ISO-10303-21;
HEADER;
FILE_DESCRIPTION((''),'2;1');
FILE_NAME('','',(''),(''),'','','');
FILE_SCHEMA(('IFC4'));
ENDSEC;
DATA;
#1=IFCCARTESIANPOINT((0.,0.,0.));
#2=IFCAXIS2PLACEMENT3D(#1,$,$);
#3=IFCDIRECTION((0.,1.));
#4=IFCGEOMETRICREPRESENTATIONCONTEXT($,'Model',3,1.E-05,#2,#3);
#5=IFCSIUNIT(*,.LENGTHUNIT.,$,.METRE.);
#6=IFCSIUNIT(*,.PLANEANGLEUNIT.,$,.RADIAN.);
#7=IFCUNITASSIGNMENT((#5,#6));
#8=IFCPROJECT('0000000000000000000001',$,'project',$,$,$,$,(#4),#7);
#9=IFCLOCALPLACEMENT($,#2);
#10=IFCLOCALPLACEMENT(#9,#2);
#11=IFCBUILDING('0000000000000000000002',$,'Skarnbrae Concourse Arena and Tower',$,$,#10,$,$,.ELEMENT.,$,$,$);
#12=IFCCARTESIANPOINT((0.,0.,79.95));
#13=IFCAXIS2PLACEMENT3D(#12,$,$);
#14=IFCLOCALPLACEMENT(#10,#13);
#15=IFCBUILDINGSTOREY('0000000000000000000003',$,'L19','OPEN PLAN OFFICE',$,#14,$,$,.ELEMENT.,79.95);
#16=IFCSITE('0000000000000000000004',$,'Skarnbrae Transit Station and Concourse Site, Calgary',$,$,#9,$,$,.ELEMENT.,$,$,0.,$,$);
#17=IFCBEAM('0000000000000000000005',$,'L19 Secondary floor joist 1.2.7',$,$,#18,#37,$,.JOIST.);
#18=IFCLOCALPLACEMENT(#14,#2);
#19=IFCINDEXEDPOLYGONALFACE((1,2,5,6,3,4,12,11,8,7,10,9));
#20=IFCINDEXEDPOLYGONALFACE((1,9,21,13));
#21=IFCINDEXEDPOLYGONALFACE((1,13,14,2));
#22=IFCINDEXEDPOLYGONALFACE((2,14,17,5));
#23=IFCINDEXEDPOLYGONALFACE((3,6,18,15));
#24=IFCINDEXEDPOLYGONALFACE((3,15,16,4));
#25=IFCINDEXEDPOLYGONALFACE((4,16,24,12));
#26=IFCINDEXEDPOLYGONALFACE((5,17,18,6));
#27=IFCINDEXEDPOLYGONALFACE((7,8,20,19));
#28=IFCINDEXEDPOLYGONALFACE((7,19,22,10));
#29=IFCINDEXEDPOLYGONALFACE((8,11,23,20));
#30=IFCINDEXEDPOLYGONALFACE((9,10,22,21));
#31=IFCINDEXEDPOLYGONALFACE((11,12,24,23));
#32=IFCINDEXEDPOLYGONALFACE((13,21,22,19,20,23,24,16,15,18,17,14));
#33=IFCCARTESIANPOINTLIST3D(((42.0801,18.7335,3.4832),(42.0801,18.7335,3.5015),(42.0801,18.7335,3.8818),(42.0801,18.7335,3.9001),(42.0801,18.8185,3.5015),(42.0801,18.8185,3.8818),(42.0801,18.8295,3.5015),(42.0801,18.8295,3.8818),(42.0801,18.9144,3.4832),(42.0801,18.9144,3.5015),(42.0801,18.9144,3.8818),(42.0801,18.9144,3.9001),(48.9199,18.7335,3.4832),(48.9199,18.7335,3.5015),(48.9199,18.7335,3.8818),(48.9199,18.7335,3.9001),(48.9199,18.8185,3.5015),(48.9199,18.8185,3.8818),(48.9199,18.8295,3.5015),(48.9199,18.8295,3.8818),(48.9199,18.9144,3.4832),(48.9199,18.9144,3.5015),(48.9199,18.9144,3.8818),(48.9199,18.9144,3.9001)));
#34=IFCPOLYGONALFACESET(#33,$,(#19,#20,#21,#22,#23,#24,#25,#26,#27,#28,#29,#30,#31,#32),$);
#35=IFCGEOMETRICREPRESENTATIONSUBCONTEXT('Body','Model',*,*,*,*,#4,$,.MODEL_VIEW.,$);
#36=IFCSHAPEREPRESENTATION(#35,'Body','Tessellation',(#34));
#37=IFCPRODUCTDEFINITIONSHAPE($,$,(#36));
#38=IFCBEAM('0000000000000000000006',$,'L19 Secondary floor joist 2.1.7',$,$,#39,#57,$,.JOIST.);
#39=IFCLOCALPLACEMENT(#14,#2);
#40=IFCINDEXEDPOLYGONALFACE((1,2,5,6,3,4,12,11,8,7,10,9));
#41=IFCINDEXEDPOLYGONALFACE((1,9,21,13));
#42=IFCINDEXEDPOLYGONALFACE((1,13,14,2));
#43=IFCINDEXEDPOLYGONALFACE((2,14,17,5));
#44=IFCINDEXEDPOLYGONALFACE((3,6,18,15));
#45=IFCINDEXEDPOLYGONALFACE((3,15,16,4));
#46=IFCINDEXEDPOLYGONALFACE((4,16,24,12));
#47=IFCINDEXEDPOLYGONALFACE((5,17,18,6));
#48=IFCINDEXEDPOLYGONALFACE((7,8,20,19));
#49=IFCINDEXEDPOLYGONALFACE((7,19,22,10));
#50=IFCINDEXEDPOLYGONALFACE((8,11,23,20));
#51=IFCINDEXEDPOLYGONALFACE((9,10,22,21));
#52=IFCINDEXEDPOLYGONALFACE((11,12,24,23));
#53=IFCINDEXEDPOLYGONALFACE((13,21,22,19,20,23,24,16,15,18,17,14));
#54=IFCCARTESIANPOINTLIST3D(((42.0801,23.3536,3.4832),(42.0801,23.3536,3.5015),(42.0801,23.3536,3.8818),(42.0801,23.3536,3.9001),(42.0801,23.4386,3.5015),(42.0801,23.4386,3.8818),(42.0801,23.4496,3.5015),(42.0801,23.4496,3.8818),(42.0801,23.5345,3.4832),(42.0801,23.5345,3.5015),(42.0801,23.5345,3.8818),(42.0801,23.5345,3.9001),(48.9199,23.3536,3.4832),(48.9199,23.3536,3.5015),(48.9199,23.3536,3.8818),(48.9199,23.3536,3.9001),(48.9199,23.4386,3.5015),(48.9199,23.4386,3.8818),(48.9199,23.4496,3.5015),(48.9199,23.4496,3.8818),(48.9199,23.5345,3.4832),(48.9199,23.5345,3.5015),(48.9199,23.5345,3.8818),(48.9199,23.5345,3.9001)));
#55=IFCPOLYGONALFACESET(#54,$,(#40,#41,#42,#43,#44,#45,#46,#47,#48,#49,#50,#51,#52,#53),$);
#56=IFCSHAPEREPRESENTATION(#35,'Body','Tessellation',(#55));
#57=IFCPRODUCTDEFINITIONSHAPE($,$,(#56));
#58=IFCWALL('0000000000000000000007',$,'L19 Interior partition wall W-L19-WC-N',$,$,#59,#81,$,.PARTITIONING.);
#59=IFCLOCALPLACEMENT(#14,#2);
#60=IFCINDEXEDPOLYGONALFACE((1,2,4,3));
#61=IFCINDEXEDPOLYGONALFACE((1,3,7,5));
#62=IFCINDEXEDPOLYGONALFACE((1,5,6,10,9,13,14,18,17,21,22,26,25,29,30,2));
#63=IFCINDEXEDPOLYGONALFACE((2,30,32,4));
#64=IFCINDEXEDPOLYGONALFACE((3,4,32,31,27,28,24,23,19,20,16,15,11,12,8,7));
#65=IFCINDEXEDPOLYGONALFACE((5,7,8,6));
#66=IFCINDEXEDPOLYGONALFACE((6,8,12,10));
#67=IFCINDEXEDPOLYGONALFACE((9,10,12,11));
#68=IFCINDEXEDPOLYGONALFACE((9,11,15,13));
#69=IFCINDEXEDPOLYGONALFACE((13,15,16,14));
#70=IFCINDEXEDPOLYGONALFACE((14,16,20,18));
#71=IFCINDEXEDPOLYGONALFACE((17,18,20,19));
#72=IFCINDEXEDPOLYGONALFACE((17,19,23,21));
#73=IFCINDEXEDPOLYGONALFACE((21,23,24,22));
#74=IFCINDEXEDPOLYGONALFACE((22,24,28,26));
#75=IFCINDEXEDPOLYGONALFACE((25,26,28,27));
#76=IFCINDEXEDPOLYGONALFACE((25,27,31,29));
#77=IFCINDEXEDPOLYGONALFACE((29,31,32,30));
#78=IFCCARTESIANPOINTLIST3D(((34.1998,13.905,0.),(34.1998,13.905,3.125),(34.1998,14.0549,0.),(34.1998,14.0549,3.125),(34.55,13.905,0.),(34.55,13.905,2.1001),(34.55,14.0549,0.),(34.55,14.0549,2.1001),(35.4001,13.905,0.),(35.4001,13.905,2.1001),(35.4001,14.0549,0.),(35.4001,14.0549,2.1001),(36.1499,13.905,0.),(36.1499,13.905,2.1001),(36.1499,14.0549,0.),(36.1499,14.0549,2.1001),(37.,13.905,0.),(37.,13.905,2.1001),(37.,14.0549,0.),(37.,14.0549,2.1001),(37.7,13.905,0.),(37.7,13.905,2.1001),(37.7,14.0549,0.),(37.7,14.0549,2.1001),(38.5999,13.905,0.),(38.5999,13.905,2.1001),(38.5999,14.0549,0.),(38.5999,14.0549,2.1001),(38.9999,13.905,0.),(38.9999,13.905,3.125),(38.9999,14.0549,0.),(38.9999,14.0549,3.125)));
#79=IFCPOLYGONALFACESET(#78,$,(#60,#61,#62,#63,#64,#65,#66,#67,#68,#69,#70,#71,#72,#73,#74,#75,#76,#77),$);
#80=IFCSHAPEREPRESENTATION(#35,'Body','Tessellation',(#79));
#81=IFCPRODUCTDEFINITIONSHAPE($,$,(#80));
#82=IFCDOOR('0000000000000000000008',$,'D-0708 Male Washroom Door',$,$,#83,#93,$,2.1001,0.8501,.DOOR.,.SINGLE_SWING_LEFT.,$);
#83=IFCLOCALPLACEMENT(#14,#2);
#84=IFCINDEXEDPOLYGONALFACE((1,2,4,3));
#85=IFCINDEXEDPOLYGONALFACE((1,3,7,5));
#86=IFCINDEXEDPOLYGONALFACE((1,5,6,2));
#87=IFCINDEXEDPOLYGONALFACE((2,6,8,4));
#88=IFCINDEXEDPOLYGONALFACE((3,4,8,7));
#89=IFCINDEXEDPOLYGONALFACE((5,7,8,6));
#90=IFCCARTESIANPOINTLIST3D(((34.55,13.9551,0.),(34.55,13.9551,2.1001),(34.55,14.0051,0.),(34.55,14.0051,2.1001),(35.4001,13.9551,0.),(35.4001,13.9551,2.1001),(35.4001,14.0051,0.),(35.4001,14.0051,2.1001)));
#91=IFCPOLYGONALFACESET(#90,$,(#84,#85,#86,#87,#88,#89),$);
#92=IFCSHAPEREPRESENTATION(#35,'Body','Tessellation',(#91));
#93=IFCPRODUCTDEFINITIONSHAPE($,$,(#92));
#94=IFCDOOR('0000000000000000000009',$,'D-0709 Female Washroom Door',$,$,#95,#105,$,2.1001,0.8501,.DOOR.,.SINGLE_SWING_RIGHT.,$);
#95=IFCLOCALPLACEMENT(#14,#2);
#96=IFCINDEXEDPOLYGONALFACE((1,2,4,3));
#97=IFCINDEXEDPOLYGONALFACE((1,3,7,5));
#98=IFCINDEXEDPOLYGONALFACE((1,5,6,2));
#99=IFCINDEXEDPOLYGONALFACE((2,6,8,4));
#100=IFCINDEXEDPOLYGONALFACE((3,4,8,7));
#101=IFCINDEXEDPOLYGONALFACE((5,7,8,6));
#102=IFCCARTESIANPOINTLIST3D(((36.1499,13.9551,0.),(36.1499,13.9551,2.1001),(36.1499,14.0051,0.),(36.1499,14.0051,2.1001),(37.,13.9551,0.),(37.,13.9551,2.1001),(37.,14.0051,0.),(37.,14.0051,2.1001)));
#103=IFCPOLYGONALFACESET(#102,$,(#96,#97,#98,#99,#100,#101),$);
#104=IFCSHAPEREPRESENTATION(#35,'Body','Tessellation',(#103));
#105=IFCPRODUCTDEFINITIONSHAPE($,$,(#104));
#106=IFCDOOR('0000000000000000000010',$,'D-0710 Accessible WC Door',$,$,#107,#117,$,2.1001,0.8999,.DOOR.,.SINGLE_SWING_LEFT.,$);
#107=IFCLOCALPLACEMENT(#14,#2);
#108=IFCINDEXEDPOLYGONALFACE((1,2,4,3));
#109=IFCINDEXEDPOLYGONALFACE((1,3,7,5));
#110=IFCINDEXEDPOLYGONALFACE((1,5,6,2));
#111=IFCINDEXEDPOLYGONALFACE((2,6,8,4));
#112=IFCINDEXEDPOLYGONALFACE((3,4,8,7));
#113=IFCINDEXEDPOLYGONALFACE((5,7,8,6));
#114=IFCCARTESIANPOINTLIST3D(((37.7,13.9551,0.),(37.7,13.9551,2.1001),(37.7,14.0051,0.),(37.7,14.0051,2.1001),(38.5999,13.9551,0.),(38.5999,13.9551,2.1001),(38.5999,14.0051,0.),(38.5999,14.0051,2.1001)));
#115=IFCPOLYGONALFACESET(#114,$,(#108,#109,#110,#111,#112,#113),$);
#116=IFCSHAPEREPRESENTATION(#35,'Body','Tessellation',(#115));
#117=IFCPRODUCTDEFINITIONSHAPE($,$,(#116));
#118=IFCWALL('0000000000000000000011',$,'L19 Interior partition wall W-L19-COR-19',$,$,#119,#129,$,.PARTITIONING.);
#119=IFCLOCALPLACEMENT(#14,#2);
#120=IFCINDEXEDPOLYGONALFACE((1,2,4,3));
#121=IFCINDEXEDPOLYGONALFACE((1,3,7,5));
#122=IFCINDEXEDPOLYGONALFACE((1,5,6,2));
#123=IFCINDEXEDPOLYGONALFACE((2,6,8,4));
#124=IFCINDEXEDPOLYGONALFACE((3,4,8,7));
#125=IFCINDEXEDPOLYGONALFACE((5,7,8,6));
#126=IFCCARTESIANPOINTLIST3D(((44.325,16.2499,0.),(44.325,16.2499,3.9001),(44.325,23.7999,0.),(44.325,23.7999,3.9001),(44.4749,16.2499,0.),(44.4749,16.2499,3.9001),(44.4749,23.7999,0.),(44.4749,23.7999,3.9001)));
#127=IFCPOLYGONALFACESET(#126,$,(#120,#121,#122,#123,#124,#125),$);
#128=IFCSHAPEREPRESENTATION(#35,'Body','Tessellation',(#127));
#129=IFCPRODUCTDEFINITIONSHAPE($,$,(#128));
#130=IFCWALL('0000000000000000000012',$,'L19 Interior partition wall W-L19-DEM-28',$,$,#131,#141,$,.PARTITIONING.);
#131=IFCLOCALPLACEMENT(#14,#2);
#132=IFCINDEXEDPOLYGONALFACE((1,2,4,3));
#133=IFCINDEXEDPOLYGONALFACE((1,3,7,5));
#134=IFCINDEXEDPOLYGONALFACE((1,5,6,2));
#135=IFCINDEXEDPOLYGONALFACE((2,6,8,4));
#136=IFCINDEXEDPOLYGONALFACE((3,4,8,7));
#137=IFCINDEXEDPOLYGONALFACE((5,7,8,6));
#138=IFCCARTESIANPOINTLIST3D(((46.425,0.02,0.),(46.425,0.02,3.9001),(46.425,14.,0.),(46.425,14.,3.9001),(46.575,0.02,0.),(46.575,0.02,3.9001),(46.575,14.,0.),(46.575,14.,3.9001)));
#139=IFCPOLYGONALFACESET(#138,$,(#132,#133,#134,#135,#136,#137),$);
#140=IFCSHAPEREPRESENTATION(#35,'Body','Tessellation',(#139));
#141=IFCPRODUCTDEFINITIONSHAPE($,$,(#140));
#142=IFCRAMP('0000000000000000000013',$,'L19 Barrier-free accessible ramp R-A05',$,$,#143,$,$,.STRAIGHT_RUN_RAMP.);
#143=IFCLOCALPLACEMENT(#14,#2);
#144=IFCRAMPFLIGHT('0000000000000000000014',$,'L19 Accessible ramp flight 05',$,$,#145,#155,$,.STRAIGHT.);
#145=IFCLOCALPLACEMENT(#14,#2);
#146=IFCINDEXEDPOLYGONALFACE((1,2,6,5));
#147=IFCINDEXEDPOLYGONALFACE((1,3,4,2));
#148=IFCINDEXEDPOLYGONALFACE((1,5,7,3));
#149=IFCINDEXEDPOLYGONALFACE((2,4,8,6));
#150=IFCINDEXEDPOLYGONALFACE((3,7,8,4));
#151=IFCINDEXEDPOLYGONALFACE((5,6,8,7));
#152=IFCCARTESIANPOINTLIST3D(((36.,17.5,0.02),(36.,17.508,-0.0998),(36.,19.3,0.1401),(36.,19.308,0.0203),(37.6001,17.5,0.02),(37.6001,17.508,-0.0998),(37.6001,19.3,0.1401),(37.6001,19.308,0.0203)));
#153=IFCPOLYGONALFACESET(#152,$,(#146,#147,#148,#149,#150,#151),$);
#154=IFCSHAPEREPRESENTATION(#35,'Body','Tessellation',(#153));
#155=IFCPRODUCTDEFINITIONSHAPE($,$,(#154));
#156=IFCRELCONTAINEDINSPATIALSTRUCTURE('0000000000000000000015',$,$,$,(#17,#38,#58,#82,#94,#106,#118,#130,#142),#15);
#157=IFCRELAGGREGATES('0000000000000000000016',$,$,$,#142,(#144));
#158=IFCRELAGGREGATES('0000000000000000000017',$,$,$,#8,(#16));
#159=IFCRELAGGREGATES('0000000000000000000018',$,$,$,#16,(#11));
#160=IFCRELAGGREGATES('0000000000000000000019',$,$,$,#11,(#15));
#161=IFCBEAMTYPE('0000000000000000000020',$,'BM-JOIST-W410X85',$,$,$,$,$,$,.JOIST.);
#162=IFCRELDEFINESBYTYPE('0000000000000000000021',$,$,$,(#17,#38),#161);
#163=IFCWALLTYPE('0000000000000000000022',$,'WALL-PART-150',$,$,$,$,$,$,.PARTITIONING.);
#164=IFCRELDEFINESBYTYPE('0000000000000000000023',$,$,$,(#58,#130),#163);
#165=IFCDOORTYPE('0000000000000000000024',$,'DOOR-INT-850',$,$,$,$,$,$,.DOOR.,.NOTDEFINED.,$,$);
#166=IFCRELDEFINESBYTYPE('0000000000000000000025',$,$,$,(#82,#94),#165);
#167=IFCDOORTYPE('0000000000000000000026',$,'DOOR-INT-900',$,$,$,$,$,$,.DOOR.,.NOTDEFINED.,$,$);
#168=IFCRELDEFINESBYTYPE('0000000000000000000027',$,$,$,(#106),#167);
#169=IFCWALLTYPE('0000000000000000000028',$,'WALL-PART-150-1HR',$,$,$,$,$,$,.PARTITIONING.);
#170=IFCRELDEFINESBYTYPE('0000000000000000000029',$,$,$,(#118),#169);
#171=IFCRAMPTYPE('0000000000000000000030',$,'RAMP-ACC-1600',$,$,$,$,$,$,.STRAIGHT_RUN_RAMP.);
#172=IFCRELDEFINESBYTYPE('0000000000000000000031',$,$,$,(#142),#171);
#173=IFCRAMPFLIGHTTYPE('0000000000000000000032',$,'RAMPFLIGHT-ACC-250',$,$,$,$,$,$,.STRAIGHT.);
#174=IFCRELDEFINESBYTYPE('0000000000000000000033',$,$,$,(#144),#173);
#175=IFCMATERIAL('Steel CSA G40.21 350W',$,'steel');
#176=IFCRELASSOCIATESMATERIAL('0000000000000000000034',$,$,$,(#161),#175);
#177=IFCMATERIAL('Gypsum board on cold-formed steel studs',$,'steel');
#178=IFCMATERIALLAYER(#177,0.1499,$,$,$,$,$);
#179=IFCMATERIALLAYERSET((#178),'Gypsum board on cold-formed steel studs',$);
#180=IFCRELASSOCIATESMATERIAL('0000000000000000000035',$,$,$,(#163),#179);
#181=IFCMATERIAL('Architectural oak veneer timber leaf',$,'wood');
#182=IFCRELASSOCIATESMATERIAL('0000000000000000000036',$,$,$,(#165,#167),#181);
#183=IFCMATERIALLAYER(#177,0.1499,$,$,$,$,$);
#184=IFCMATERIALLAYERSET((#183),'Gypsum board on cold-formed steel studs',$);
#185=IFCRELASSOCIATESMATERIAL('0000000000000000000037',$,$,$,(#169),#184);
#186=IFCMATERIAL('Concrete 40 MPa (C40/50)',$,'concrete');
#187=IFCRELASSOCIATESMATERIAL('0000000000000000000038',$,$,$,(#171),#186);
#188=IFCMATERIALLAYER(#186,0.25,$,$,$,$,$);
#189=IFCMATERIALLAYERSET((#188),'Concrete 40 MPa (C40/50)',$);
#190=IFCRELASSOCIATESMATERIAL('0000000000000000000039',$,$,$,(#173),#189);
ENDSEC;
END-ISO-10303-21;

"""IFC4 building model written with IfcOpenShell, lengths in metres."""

from ifc_helpers import new_model, si_unit, direction, frame, frame_2d, origin, origin_2d, place, context, subcontext, project, spatial, polyline, rectangle, i_section, outline, extrude, source, transform, mapped, material, layer, layer_set, material_profile, profile_set, type_object, element, fill, aggregate, save


model = new_model("IFC4")

# Units and contexts
model_context = context("Model", 3, precision=1e-05, world=origin(), true_north=direction((0.0, 1.0)))
body_context = subcontext(model_context, "Body", "Model", "MODEL_VIEW")
ifc_project = project(units=[si_unit("LENGTHUNIT", "METRE"), si_unit("PLANEANGLEUNIT", "RADIAN")], contexts=[model_context])

# Site, building, storey
site_placement = place(None, origin())
site = spatial("IfcSite", under=ifc_project, at=site_placement, Name="Skarnbrae Transit Station and Concourse Site, Calgary", CompositionType="ELEMENT", RefElevation=0.0)
building_placement = place(site_placement, origin())
building = spatial("IfcBuilding", under=site, at=building_placement, Name="Skarnbrae Concourse Arena and Tower", CompositionType="ELEMENT")
storey_placement = place(building_placement, frame((0.0, 0.0, 79.95)))
storey = spatial("IfcBuildingStorey", under=building, at=storey_placement, Name="L19", Description="OPEN PLAN OFFICE", CompositionType="ELEMENT", Elevation=79.95)

# Shared definitions
ifc_material_1 = material(Name="Steel CSA G40.21 350W", Category="steel")

# Beams
ifc_material_profile_1 = material_profile(ifc_material_1, i_section(OverallWidth=0.1809, OverallDepth=0.417, WebThickness=0.011, FlangeThickness=0.0183, at=origin_2d()), Name="W410X85")
ifc_profile_set_1 = profile_set([ifc_material_profile_1], Name="Steel CSA G40.21 350W")
beam_type_1 = type_object("IfcBeamType", Name="BM-JOIST-W410X85", PredefinedType="JOIST", material=ifc_profile_set_1)
shared_shape_1 = source(origin(), body_context, "Body", "SweptSolid", [
    extrude(i_section(OverallWidth=0.1809, OverallDepth=0.417, WebThickness=0.011, FlangeThickness=0.0183, at=origin_2d()), origin(), (0.0, 0.0, 1.0), 6.8398),
])
for number, where, z_axis, x_axis, name in (
    (1, (42.0801, 18.824, 3.6917), (1.0, 0.0, 0.0), (0.0, 1.0, 0.0), "L19 Secondary floor joist 1.2.7"),
    (2, (42.0801, 23.4441, 3.6917), (1.0, 0.0, 0.0), (0.0, 1.0, 0.0), "L19 Secondary floor joist 2.1.7"),
):
    element("IfcBeam", number, at=place(storey_placement, frame(where, z_axis=z_axis, x_axis=x_axis)), inside=storey, type_object=beam_type_1, Name=name, PredefinedType="JOIST", context=body_context, shape_type="MappedRepresentation", body=[
        mapped(shared_shape_1, transform((0.0, 0.0, 0.0))),
    ])

# Wall, openings, doors
ifc_material_2 = material(Name="Gypsum board on cold-formed steel studs", Category="steel")
ifc_layer_1 = layer(ifc_material_2, 0.1499)
ifc_layer_set_1 = layer_set([ifc_layer_1], Name="Gypsum board on cold-formed steel studs")
wall_type_1 = type_object("IfcWallType", Name="WALL-PART-150", PredefinedType="PARTITIONING", material=ifc_layer_set_1)
shared_shape_2 = source(origin(), body_context, "Body", "SweptSolid", [
    extrude(rectangle(XDim=4.8, YDim=0.1499, at=frame_2d((2.3999, 0.0))), origin(), (0.0, 0.0, 1.0), 3.125),
])
wall_1_placement = place(storey_placement, frame((34.2, 13.98, 0.0), z_axis=(0.0, 0.0, 1.0), x_axis=(1.0, 0.0, 0.0)))
wall_1 = element("IfcWall", 3, at=wall_1_placement, inside=storey, type_object=wall_type_1, Name="L19 Interior partition wall W-L19-WC-N", PredefinedType="PARTITIONING", context=body_context, shape_type="MappedRepresentation", body=[
    mapped(shared_shape_2, transform((0.0, 0.0, 0.0))),
])
opening_1_placement = place(wall_1_placement, frame((0.3501, 0.0, 0.0)))
opening_1 = element("IfcOpeningElement", 4, at=opening_1_placement, cuts=wall_1, PredefinedType="OPENING", context=body_context, shape_type="SweptSolid", body=[
    extrude(rectangle(XDim=0.8501, YDim=2.1001, at=frame_2d((0.425, 1.05))), frame((0.0, 0.085, 0.0), z_axis=(0.0, -1.0, 0.0), x_axis=(1.0, 0.0, 0.0)), (0.0, 0.0, 1.0), 0.1699),
])
opening_2_placement = place(wall_1_placement, frame((1.95, 0.0, 0.0)))
opening_2 = element("IfcOpeningElement", 5, at=opening_2_placement, cuts=wall_1, PredefinedType="OPENING", context=body_context, shape_type="SweptSolid", body=[
    extrude(rectangle(XDim=0.8501, YDim=2.1001, at=frame_2d((0.425, 1.05))), frame((0.0, 0.085, 0.0), z_axis=(0.0, -1.0, 0.0), x_axis=(1.0, 0.0, 0.0)), (0.0, 0.0, 1.0), 0.1699),
])
opening_3_placement = place(wall_1_placement, frame((3.5, 0.0, 0.0)))
opening_3 = element("IfcOpeningElement", 6, at=opening_3_placement, cuts=wall_1, PredefinedType="OPENING", context=body_context, shape_type="SweptSolid", body=[
    extrude(rectangle(XDim=0.8999, YDim=2.1001, at=frame_2d((0.45, 1.05))), frame((0.0, 0.085, 0.0), z_axis=(0.0, -1.0, 0.0), x_axis=(1.0, 0.0, 0.0)), (0.0, 0.0, 1.0), 0.1699),
])
ifc_material_3 = material(Name="Architectural oak veneer timber leaf", Category="wood")
door_type_1 = type_object("IfcDoorType", Name="DOOR-INT-850", OperationType="NOTDEFINED", PredefinedType="DOOR", material=ifc_material_3)
shared_shape_3 = source(origin(), body_context, "Body", "SweptSolid", [
    extrude(rectangle(XDim=0.8501, YDim=2.1001, at=frame_2d((0.425, 1.05))), frame((0.0, 0.0249, 0.0), z_axis=(0.0, -1.0, 0.0), x_axis=(1.0, 0.0, 0.0)), (0.0, 0.0, 1.0), 0.05),
])
door_1_placement = place(opening_1_placement, frame((0.8501, 0.0, 0.0), z_axis=(0.0, 0.0, 1.0), x_axis=(-1.0, 0.0, 0.0)))
door_1 = element("IfcDoor", 7, at=door_1_placement, inside=storey, type_object=door_type_1, Name="D-0708 Male Washroom Door", OperationType="SINGLE_SWING_LEFT", OverallHeight=2.1001, OverallWidth=0.8501, PredefinedType="DOOR", context=body_context, shape_type="MappedRepresentation", body=[
    mapped(shared_shape_3, transform((0.0, 0.0, 0.0))),
])
fill(opening_1, door_1)
door_2_placement = place(opening_2_placement, frame((0.8501, 0.0, 0.0), z_axis=(0.0, 0.0, 1.0), x_axis=(-1.0, 0.0, 0.0)))
door_2 = element("IfcDoor", 8, at=door_2_placement, inside=storey, type_object=door_type_1, Name="D-0709 Female Washroom Door", OperationType="SINGLE_SWING_RIGHT", OverallHeight=2.1001, OverallWidth=0.8501, PredefinedType="DOOR", context=body_context, shape_type="MappedRepresentation", body=[
    mapped(shared_shape_3, transform((0.0, 0.0, 0.0))),
])
fill(opening_2, door_2)
door_type_2 = type_object("IfcDoorType", Name="DOOR-INT-900", OperationType="NOTDEFINED", PredefinedType="DOOR", material=ifc_material_3)
shared_shape_4 = source(origin(), body_context, "Body", "SweptSolid", [
    extrude(rectangle(XDim=0.8999, YDim=2.1001, at=frame_2d((0.45, 1.05))), frame((0.0, 0.0249, 0.0), z_axis=(0.0, -1.0, 0.0), x_axis=(1.0, 0.0, 0.0)), (0.0, 0.0, 1.0), 0.05),
])
door_3_placement = place(opening_3_placement, frame((0.8999, 0.0, 0.0), z_axis=(0.0, 0.0, 1.0), x_axis=(-1.0, 0.0, 0.0)))
door_3 = element("IfcDoor", 9, at=door_3_placement, inside=storey, type_object=door_type_2, Name="D-0710 Accessible WC Door", OperationType="SINGLE_SWING_LEFT", OverallHeight=2.1001, OverallWidth=0.8999, PredefinedType="DOOR", context=body_context, shape_type="MappedRepresentation", body=[
    mapped(shared_shape_4, transform((0.0, 0.0, 0.0))),
])
fill(opening_3, door_3)

# Walls
ifc_layer_2 = layer(ifc_material_2, 0.1499)
ifc_layer_set_2 = layer_set([ifc_layer_2], Name="Gypsum board on cold-formed steel studs")
wall_type_2 = type_object("IfcWallType", Name="WALL-PART-150-1HR", PredefinedType="PARTITIONING", material=ifc_layer_set_2)
shared_shape_5 = source(origin(), body_context, "Body", "SweptSolid", [
    extrude(rectangle(XDim=7.55, YDim=0.1499, at=frame_2d((3.7749, 0.0))), origin(), (0.0, 0.0, 1.0), 3.9001),
])
wall_2_placement = place(storey_placement, frame((44.3999, 16.25, 0.0), z_axis=(0.0, 0.0, 1.0), x_axis=(0.0, 1.0, 0.0)))
element("IfcWall", 10, at=wall_2_placement, inside=storey, type_object=wall_type_2, Name="L19 Interior partition wall W-L19-COR-19", PredefinedType="PARTITIONING", context=body_context, shape_type="MappedRepresentation", body=[
    mapped(shared_shape_5, transform((0.0, 0.0, 0.0))),
])
shared_shape_6 = source(origin(), body_context, "Body", "SweptSolid", [
    extrude(rectangle(XDim=13.98, YDim=0.1499, at=frame_2d((6.99, 0.0))), origin(), (0.0, 0.0, 1.0), 3.9001),
])
wall_3_placement = place(storey_placement, frame((46.5, 14.0, 0.0), z_axis=(0.0, 0.0, 1.0), x_axis=(0.0, -1.0, 0.0)))
element("IfcWall", 11, at=wall_3_placement, inside=storey, type_object=wall_type_1, Name="L19 Interior partition wall W-L19-DEM-28", PredefinedType="PARTITIONING", context=body_context, shape_type="MappedRepresentation", body=[
    mapped(shared_shape_6, transform((0.0, 0.0, 0.0))),
])

# Ramp, ramp flight
ifc_material_4 = material(Name="Concrete 40 MPa (C40/50)", Category="concrete")
ramp_type = type_object("IfcRampType", Name="RAMP-ACC-1600", PredefinedType="STRAIGHT_RUN_RAMP", material=ifc_material_4)
ramp_placement = place(storey_placement, origin())
ramp = element("IfcRamp", 12, at=ramp_placement, inside=storey, type_object=ramp_type, Name="L19 Barrier-free accessible ramp R-A05", PredefinedType="STRAIGHT_RUN_RAMP")
ifc_layer_3 = layer(ifc_material_4, 0.25)
ifc_layer_set_3 = layer_set([ifc_layer_3], Name="Concrete 40 MPa (C40/50)")
ramp_flight_type = type_object("IfcRampFlightType", Name="RAMPFLIGHT-ACC-250", PredefinedType="STRAIGHT", material=ifc_layer_set_3)
ramp_flight_placement = place(storey_placement, frame((36.0, 17.5, 0.02), z_axis=(0.0, -0.066582, 0.997781), x_axis=(1.0, 0.0, 0.0)))
ramp_flight = element("IfcRampFlight", 13, at=ramp_flight_placement, type_object=ramp_flight_type, Name="L19 Accessible ramp flight 05", PredefinedType="STRAIGHT", context=body_context, shape_type="SweptSolid", body=[
    extrude(outline(polyline([(0.0, 0.0), (1.6001, 0.0), (1.6001, 1.8041), (0.0, 1.8041), (0.0, 0.0)])), origin(), (0.0, 0.0, -1.0), 0.1201),
])
aggregate(ramp, [ramp_flight])

save(model, "model.ifc")
